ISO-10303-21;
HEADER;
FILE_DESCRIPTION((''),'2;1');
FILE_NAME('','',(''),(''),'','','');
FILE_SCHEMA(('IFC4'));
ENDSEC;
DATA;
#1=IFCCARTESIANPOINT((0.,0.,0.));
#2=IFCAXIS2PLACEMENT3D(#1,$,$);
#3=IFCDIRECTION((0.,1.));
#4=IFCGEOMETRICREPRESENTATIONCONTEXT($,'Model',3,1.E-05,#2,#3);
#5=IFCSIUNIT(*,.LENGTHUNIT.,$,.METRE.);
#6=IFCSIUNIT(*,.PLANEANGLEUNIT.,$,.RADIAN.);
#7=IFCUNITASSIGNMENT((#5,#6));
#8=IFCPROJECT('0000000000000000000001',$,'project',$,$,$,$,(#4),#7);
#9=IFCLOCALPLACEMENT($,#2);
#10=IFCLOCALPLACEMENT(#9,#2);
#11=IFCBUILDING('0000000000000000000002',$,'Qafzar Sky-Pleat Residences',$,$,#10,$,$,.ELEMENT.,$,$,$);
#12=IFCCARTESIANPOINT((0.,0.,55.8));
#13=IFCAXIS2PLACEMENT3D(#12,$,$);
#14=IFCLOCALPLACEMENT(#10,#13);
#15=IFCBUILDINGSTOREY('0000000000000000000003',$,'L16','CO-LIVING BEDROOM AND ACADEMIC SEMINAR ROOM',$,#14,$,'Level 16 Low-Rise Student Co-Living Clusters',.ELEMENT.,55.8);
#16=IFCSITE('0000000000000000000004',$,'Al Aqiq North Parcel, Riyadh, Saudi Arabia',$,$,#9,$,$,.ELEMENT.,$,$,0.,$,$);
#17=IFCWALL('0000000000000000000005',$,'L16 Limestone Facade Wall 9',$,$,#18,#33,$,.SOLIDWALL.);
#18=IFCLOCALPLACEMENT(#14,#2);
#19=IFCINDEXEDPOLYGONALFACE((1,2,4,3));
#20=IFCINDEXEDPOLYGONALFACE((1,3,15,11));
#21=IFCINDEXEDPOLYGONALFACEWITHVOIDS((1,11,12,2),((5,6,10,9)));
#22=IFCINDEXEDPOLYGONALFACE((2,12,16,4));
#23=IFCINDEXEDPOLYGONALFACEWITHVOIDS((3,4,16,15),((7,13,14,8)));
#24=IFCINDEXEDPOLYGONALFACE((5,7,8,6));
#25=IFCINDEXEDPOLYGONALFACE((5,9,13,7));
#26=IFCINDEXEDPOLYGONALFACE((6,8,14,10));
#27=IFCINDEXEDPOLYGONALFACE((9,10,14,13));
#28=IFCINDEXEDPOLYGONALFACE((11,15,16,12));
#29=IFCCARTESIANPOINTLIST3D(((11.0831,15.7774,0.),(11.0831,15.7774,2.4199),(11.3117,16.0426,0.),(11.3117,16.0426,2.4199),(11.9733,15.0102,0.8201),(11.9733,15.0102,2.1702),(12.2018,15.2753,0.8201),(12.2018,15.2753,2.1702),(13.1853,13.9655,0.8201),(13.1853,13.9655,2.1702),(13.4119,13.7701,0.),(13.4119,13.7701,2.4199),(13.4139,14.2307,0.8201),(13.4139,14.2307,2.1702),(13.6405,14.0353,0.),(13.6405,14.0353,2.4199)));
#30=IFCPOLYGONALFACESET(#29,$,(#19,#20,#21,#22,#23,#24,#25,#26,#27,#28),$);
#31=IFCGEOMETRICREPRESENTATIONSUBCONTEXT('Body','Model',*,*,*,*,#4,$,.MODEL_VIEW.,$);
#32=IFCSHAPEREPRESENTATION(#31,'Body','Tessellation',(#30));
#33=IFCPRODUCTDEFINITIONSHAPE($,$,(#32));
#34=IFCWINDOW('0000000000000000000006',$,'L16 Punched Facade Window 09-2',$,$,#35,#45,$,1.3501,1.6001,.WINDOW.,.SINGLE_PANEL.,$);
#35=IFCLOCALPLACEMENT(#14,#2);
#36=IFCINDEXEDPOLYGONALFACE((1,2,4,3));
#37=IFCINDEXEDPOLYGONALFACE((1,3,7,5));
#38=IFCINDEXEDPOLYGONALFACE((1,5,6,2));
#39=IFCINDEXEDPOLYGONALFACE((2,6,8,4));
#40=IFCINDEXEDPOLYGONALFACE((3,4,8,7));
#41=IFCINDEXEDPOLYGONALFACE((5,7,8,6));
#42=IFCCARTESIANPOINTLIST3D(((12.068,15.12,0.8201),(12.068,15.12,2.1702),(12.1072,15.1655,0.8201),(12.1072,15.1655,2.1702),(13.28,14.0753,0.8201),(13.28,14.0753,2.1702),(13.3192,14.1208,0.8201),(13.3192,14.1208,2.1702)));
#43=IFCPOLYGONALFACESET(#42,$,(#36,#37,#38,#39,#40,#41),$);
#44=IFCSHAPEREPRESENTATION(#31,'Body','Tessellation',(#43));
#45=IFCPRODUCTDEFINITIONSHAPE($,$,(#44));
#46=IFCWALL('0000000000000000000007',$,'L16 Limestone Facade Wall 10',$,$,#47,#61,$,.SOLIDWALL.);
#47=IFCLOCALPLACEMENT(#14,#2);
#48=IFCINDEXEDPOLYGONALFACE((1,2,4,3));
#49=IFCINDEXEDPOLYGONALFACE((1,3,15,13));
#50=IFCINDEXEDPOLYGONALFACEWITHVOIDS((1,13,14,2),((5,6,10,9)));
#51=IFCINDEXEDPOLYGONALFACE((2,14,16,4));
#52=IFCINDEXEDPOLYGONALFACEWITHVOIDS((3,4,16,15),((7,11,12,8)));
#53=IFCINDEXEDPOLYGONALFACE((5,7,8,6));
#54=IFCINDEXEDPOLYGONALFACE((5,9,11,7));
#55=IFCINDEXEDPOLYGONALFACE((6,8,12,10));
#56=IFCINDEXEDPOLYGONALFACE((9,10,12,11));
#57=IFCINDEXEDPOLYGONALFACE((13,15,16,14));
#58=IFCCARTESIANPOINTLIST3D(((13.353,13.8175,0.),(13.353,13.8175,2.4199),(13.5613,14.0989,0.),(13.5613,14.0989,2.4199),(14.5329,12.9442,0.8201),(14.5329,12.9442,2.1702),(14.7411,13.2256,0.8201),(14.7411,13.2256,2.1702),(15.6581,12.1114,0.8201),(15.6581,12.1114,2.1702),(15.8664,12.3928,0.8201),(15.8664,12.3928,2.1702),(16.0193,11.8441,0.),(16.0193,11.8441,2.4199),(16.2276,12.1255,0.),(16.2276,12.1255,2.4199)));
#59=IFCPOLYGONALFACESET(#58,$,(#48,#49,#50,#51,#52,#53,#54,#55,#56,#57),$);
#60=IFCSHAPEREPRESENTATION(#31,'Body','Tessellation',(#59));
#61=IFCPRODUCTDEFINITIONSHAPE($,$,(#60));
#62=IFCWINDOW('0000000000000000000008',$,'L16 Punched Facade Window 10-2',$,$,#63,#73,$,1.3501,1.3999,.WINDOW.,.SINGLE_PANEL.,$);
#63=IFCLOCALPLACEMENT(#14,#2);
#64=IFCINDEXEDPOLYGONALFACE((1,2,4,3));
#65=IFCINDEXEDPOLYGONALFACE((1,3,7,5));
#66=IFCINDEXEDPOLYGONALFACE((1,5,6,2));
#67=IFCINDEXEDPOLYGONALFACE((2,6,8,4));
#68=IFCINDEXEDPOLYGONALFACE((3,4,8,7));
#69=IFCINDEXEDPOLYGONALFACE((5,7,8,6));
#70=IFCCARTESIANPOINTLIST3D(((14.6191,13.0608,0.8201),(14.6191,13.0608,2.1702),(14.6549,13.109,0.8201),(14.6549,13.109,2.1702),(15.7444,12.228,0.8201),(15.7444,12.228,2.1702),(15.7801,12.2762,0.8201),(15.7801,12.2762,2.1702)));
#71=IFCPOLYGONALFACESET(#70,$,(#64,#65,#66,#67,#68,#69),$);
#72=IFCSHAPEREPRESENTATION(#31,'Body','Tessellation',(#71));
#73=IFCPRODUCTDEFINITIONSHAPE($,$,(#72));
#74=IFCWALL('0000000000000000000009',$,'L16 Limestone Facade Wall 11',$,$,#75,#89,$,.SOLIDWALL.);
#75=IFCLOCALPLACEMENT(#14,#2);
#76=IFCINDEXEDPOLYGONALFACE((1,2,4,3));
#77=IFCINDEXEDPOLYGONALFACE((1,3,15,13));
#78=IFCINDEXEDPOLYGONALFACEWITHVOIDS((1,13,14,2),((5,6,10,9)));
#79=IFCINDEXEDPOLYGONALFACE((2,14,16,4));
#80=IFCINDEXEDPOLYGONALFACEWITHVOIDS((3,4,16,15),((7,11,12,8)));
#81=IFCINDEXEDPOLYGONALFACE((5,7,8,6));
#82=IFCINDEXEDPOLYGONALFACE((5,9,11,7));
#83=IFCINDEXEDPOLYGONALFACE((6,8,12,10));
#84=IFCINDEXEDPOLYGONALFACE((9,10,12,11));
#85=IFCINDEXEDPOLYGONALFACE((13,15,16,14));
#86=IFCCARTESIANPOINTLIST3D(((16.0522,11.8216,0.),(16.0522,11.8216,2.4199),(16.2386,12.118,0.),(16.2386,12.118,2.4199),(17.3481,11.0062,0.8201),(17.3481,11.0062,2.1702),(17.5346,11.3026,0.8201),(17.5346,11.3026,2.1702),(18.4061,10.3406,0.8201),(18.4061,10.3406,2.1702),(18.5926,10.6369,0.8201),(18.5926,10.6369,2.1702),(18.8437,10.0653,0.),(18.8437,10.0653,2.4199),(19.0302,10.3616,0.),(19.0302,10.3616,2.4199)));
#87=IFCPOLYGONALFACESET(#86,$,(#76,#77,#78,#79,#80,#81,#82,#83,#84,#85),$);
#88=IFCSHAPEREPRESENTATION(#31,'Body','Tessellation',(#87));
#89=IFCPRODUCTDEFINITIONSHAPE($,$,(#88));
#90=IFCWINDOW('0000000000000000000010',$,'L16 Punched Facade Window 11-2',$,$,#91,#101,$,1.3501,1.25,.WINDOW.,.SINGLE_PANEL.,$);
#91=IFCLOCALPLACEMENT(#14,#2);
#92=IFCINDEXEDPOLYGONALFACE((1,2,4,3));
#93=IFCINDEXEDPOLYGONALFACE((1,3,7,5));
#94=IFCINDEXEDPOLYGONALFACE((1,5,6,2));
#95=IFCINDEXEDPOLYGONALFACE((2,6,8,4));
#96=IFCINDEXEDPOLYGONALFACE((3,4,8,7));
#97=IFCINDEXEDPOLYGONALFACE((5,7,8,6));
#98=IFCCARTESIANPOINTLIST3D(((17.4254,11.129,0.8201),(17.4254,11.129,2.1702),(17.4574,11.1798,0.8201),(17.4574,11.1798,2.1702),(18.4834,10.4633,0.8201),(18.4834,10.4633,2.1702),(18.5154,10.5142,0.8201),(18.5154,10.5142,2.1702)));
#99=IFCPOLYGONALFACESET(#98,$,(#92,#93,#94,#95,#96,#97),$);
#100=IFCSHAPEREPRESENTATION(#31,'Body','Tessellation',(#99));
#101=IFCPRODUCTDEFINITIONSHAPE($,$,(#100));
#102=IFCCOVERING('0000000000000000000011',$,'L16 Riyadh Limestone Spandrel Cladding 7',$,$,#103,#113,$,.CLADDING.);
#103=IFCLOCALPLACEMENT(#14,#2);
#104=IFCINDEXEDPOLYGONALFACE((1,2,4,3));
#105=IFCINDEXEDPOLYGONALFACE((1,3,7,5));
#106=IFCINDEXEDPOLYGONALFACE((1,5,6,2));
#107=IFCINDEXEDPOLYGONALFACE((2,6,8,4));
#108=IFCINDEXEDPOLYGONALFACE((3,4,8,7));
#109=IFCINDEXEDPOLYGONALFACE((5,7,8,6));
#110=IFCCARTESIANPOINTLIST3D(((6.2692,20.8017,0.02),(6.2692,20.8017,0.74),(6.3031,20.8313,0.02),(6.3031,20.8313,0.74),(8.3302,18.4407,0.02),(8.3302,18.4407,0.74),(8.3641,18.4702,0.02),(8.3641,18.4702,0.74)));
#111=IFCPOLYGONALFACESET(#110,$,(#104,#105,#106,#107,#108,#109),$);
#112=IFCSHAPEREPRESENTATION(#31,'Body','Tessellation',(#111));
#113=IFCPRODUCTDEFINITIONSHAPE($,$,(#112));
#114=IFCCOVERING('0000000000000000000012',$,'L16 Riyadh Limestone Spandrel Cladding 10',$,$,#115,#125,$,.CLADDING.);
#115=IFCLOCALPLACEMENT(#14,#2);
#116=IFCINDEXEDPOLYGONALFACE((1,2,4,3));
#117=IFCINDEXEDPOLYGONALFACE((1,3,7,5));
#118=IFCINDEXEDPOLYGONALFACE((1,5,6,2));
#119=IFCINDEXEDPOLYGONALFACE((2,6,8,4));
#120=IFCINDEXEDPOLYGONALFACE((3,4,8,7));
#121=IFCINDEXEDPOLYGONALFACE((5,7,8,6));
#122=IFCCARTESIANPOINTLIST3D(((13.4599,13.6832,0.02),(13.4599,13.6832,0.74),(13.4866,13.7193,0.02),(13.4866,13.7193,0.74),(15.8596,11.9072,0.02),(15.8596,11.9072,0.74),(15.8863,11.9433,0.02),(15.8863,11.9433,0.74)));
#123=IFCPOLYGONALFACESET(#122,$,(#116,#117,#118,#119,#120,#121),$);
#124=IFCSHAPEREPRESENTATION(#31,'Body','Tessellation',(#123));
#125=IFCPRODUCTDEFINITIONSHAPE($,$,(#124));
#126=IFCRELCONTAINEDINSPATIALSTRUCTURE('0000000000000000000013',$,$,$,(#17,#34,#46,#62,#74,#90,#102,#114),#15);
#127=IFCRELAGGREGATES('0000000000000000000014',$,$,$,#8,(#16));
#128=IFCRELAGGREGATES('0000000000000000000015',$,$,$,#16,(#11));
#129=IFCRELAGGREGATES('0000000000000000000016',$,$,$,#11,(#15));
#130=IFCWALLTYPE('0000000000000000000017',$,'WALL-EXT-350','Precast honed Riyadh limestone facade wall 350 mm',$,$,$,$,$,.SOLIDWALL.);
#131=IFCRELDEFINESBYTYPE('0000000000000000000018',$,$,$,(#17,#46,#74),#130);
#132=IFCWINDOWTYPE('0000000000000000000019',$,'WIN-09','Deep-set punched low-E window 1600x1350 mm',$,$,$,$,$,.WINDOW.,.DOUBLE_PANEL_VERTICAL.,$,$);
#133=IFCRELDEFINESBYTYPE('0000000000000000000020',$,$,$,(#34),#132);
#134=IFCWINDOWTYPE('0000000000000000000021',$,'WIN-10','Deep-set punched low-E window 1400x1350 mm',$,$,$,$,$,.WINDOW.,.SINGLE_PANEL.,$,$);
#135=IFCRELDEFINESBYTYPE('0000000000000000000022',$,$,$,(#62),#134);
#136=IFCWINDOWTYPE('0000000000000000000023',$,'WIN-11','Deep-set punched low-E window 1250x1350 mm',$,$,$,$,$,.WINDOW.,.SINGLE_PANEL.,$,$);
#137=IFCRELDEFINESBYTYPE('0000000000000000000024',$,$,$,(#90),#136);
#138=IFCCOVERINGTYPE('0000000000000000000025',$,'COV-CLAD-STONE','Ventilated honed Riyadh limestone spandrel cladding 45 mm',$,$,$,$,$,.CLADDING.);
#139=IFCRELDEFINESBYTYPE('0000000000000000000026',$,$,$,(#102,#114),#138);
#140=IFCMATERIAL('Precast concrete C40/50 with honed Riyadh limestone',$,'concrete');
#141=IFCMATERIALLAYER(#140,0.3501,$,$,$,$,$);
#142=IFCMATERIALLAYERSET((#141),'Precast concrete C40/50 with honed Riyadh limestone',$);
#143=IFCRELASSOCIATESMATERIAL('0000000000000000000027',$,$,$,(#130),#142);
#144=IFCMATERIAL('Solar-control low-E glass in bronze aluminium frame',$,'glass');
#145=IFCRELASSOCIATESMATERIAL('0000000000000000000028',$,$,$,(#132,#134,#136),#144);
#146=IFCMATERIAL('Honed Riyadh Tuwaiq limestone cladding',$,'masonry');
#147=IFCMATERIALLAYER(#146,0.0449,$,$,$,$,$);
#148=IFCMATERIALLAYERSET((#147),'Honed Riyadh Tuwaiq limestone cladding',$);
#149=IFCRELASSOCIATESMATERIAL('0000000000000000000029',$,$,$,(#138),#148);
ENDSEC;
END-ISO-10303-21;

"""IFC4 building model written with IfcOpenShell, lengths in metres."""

from ifc_helpers import new_model, si_unit, direction, frame, frame_2d, origin, origin_2d, place, context, subcontext, project, spatial, rectangle, extrude, source, transform, mapped, material, layer, layer_set, type_object, element, fill, save


model = new_model("IFC4")

# Units and contexts
model_context = context("Model", 3, precision=1e-05, world=origin(), true_north=direction((0.0, 1.0)))
body_context = subcontext(model_context, "Body", "Model", "MODEL_VIEW")
ifc_project = project(units=[si_unit("LENGTHUNIT", "METRE"), si_unit("PLANEANGLEUNIT", "RADIAN")], contexts=[model_context])

# Site, building, storey
site_placement = place(None, origin())
site = spatial("IfcSite", under=ifc_project, at=site_placement, Name="Al Aqiq North Parcel, Riyadh, Saudi Arabia", CompositionType="ELEMENT", RefElevation=0.0)
building_placement = place(site_placement, origin())
building = spatial("IfcBuilding", under=site, at=building_placement, Name="Qafzar Sky-Pleat Residences", CompositionType="ELEMENT")
storey_placement = place(building_placement, frame((0.0, 0.0, 55.8)))
storey = spatial("IfcBuildingStorey", under=building, at=storey_placement, Name="L16", Description="CO-LIVING BEDROOM AND ACADEMIC SEMINAR ROOM", LongName="Level 16 Low-Rise Student Co-Living Clusters", CompositionType="ELEMENT", Elevation=55.8)

# Shared definitions
ifc_material_1 = material(Name="Precast concrete C40/50 with honed Riyadh limestone", Category="concrete")
ifc_layer_1 = layer(ifc_material_1, 0.3501)
ifc_layer_set_1 = layer_set([ifc_layer_1], Name="Precast concrete C40/50 with honed Riyadh limestone")
wall_type_1 = type_object("IfcWallType", Name="WALL-EXT-350", Description="Precast honed Riyadh limestone facade wall 350 mm", PredefinedType="SOLIDWALL", material=ifc_layer_set_1)
ifc_material_2 = material(Name="Solar-control low-E glass in bronze aluminium frame", Category="glass")

# Walls, openings, windows
wall_1_placement = place(storey_placement, frame((11.1975, 15.9099, 0.0), z_axis=(0.0, 0.0, 1.0), x_axis=(0.75746, -0.652882, 0.0)))
wall_1 = element("IfcWall", 1, at=wall_1_placement, inside=storey, type_object=wall_type_1, Name="L16 Limestone Facade Wall 9", PredefinedType="SOLIDWALL", context=body_context, shape_type="SweptSolid", body=[
    extrude(rectangle(XDim=3.0745, YDim=0.3501, at=frame_2d((1.5371, 0.0))), origin(), (0.0, 0.0, 1.0), 2.4199),
])
opening_1_placement = place(wall_1_placement, frame((1.175, 0.0, 0.8201)))
opening_1 = element("IfcOpeningElement", 2, at=opening_1_placement, cuts=wall_1, PredefinedType="OPENING", context=body_context, shape_type="SweptSolid", body=[
    extrude(rectangle(XDim=1.6001, YDim=1.3501, at=frame_2d((0.8, 0.675))), frame((0.0, 0.1851, 0.0), z_axis=(0.0, -1.0, 0.0), x_axis=(1.0, 0.0, 0.0)), (0.0, 0.0, 1.0), 0.3701),
])
window_type_1 = type_object("IfcWindowType", Name="WIN-09", Description="Deep-set punched low-E window 1600x1350 mm", PartitioningType="DOUBLE_PANEL_VERTICAL", PredefinedType="WINDOW", material=ifc_material_2)
shared_shape_1 = source(origin(), body_context, "Body", "SweptSolid", [
    extrude(rectangle(XDim=1.6001, YDim=1.3501, at=frame_2d((0.8, 0.675))), frame((0.0, 0.03, 0.0), z_axis=(0.0, -1.0, 0.0), x_axis=(1.0, 0.0, 0.0)), (0.0, 0.0, 1.0), 0.0601),
])
window_1_placement = place(opening_1_placement, origin())
window_1 = element("IfcWindow", 3, at=window_1_placement, inside=storey, type_object=window_type_1, Name="L16 Punched Facade Window 09-2", OverallHeight=1.3501, OverallWidth=1.6001, PartitioningType="SINGLE_PANEL", PredefinedType="WINDOW", context=body_context, shape_type="MappedRepresentation", body=[
    mapped(shared_shape_1, transform((0.0, 0.0, 0.0), x_axis=(1.0, 0.0, 0.0), y_axis=(0.0, 1.0, 0.0), z_axis=(0.0, 0.0, 1.0), scale=1.0)),
])
fill(opening_1, window_1)
wall_2_placement = place(storey_placement, frame((13.457, 13.9583, 0.0), z_axis=(0.0, 0.0, 1.0), x_axis=(0.803791, -0.594912, 0.0)))
wall_2 = element("IfcWall", 4, at=wall_2_placement, inside=storey, type_object=wall_type_1, Name="L16 Limestone Facade Wall 10", PredefinedType="SOLIDWALL", context=body_context, shape_type="SweptSolid", body=[
    extrude(rectangle(XDim=3.3171, YDim=0.3501, at=frame_2d((1.6587, 0.0))), origin(), (0.0, 0.0, 1.0), 2.4199),
])
opening_2_placement = place(wall_2_placement, frame((1.468, 0.0, 0.8201)))
opening_2 = element("IfcOpeningElement", 5, at=opening_2_placement, cuts=wall_2, PredefinedType="OPENING", context=body_context, shape_type="SweptSolid", body=[
    extrude(rectangle(XDim=1.3999, YDim=1.3501, at=frame_2d((0.7, 0.675))), frame((0.0, 0.1851, 0.0), z_axis=(0.0, -1.0, 0.0), x_axis=(1.0, 0.0, 0.0)), (0.0, 0.0, 1.0), 0.3701),
])
window_type_2 = type_object("IfcWindowType", Name="WIN-10", Description="Deep-set punched low-E window 1400x1350 mm", PartitioningType="SINGLE_PANEL", PredefinedType="WINDOW", material=ifc_material_2)
shared_shape_2 = source(origin(), body_context, "Body", "SweptSolid", [
    extrude(rectangle(XDim=1.3999, YDim=1.3501, at=frame_2d((0.7, 0.675))), frame((0.0, 0.03, 0.0), z_axis=(0.0, -1.0, 0.0), x_axis=(1.0, 0.0, 0.0)), (0.0, 0.0, 1.0), 0.0601),
])
window_2_placement = place(opening_2_placement, origin())
window_2 = element("IfcWindow", 6, at=window_2_placement, inside=storey, type_object=window_type_2, Name="L16 Punched Facade Window 10-2", OverallHeight=1.3501, OverallWidth=1.3999, PartitioningType="SINGLE_PANEL", PredefinedType="WINDOW", context=body_context, shape_type="MappedRepresentation", body=[
    mapped(shared_shape_2, transform((0.0, 0.0, 0.0), x_axis=(1.0, 0.0, 0.0), y_axis=(0.0, 1.0, 0.0), z_axis=(0.0, 0.0, 1.0), scale=1.0)),
])
fill(opening_2, window_2)
wall_3_placement = place(storey_placement, frame((16.1455, 11.9697, 0.0), z_axis=(0.0, 0.0, 1.0), x_axis=(0.846406, -0.532538, 0.0)))
wall_3 = element("IfcWall", 7, at=wall_3_placement, inside=storey, type_object=wall_type_1, Name="L16 Limestone Facade Wall 11", PredefinedType="SOLIDWALL", context=body_context, shape_type="SweptSolid", body=[
    extrude(rectangle(XDim=3.2981, YDim=0.3501, at=frame_2d((1.6489, 0.0))), origin(), (0.0, 0.0, 1.0), 2.4199),
])
opening_3_placement = place(wall_3_placement, frame((1.531, 0.0, 0.8201)))
opening_3 = element("IfcOpeningElement", 8, at=opening_3_placement, cuts=wall_3, PredefinedType="OPENING", context=body_context, shape_type="SweptSolid", body=[
    extrude(rectangle(XDim=1.25, YDim=1.3501, at=frame_2d((0.625, 0.675))), frame((0.0, 0.1851, 0.0), z_axis=(0.0, -1.0, 0.0), x_axis=(1.0, 0.0, 0.0)), (0.0, 0.0, 1.0), 0.3701),
])
window_type_3 = type_object("IfcWindowType", Name="WIN-11", Description="Deep-set punched low-E window 1250x1350 mm", PartitioningType="SINGLE_PANEL", PredefinedType="WINDOW", material=ifc_material_2)
shared_shape_3 = source(origin(), body_context, "Body", "SweptSolid", [
    extrude(rectangle(XDim=1.25, YDim=1.3501, at=frame_2d((0.625, 0.675))), frame((0.0, 0.03, 0.0), z_axis=(0.0, -1.0, 0.0), x_axis=(1.0, 0.0, 0.0)), (0.0, 0.0, 1.0), 0.0601),
])
window_3_placement = place(opening_3_placement, origin())
window_3 = element("IfcWindow", 9, at=window_3_placement, inside=storey, type_object=window_type_3, Name="L16 Punched Facade Window 11-2", OverallHeight=1.3501, OverallWidth=1.25, PartitioningType="SINGLE_PANEL", PredefinedType="WINDOW", context=body_context, shape_type="MappedRepresentation", body=[
    mapped(shared_shape_3, transform((0.0, 0.0, 0.0), x_axis=(1.0, 0.0, 0.0), y_axis=(0.0, 1.0, 0.0), z_axis=(0.0, 0.0, 1.0), scale=1.0)),
])
fill(opening_3, window_3)

# Coverings
ifc_material_3 = material(Name="Honed Riyadh Tuwaiq limestone cladding", Category="masonry")
ifc_layer_2 = layer(ifc_material_3, 0.0449)
ifc_layer_set_2 = layer_set([ifc_layer_2], Name="Honed Riyadh Tuwaiq limestone cladding")
covering_type = type_object("IfcCoveringType", Name="COV-CLAD-STONE", Description="Ventilated honed Riyadh limestone spandrel cladding 45 mm", PredefinedType="CLADDING", material=ifc_layer_set_2)
shared_shape_4 = source(origin(), body_context, "Body", "SweptSolid", [
    extrude(rectangle(XDim=3.134, YDim=0.0449, at=origin_2d()), origin(), (0.0, 0.0, 1.0), 0.72),
])
covering_1_placement = place(storey_placement, frame((7.3167, 19.636, 0.02), z_axis=(0.0, 0.0, 1.0), x_axis=(0.657614, -0.753355, 0.0)))
element("IfcCovering", 10, at=covering_1_placement, inside=storey, type_object=covering_type, Name="L16 Riyadh Limestone Spandrel Cladding 7", PredefinedType="CLADDING", context=body_context, shape_type="MappedRepresentation", body=[
    mapped(shared_shape_4, transform((0.0, 0.0, 0.0), x_axis=(1.0, 0.0, 0.0), y_axis=(0.0, 1.0, 0.0), z_axis=(0.0, 0.0, 1.0), scale=1.0)),
])
shared_shape_5 = source(origin(), body_context, "Body", "SweptSolid", [
    extrude(rectangle(XDim=2.9854, YDim=0.0449, at=origin_2d()), origin(), (0.0, 0.0, 1.0), 0.72),
])
covering_2_placement = place(storey_placement, frame((14.6731, 12.8132, 0.02), z_axis=(0.0, 0.0, 1.0), x_axis=(0.803808, -0.594889, 0.0)))
element("IfcCovering", 11, at=covering_2_placement, inside=storey, type_object=covering_type, Name="L16 Riyadh Limestone Spandrel Cladding 10", PredefinedType="CLADDING", context=body_context, shape_type="MappedRepresentation", body=[
    mapped(shared_shape_5, transform((0.0, 0.0, 0.0), x_axis=(1.0, 0.0, 0.0), y_axis=(0.0, 1.0, 0.0), z_axis=(0.0, 0.0, 1.0), scale=1.0)),
])

save(model, "model.ifc")
